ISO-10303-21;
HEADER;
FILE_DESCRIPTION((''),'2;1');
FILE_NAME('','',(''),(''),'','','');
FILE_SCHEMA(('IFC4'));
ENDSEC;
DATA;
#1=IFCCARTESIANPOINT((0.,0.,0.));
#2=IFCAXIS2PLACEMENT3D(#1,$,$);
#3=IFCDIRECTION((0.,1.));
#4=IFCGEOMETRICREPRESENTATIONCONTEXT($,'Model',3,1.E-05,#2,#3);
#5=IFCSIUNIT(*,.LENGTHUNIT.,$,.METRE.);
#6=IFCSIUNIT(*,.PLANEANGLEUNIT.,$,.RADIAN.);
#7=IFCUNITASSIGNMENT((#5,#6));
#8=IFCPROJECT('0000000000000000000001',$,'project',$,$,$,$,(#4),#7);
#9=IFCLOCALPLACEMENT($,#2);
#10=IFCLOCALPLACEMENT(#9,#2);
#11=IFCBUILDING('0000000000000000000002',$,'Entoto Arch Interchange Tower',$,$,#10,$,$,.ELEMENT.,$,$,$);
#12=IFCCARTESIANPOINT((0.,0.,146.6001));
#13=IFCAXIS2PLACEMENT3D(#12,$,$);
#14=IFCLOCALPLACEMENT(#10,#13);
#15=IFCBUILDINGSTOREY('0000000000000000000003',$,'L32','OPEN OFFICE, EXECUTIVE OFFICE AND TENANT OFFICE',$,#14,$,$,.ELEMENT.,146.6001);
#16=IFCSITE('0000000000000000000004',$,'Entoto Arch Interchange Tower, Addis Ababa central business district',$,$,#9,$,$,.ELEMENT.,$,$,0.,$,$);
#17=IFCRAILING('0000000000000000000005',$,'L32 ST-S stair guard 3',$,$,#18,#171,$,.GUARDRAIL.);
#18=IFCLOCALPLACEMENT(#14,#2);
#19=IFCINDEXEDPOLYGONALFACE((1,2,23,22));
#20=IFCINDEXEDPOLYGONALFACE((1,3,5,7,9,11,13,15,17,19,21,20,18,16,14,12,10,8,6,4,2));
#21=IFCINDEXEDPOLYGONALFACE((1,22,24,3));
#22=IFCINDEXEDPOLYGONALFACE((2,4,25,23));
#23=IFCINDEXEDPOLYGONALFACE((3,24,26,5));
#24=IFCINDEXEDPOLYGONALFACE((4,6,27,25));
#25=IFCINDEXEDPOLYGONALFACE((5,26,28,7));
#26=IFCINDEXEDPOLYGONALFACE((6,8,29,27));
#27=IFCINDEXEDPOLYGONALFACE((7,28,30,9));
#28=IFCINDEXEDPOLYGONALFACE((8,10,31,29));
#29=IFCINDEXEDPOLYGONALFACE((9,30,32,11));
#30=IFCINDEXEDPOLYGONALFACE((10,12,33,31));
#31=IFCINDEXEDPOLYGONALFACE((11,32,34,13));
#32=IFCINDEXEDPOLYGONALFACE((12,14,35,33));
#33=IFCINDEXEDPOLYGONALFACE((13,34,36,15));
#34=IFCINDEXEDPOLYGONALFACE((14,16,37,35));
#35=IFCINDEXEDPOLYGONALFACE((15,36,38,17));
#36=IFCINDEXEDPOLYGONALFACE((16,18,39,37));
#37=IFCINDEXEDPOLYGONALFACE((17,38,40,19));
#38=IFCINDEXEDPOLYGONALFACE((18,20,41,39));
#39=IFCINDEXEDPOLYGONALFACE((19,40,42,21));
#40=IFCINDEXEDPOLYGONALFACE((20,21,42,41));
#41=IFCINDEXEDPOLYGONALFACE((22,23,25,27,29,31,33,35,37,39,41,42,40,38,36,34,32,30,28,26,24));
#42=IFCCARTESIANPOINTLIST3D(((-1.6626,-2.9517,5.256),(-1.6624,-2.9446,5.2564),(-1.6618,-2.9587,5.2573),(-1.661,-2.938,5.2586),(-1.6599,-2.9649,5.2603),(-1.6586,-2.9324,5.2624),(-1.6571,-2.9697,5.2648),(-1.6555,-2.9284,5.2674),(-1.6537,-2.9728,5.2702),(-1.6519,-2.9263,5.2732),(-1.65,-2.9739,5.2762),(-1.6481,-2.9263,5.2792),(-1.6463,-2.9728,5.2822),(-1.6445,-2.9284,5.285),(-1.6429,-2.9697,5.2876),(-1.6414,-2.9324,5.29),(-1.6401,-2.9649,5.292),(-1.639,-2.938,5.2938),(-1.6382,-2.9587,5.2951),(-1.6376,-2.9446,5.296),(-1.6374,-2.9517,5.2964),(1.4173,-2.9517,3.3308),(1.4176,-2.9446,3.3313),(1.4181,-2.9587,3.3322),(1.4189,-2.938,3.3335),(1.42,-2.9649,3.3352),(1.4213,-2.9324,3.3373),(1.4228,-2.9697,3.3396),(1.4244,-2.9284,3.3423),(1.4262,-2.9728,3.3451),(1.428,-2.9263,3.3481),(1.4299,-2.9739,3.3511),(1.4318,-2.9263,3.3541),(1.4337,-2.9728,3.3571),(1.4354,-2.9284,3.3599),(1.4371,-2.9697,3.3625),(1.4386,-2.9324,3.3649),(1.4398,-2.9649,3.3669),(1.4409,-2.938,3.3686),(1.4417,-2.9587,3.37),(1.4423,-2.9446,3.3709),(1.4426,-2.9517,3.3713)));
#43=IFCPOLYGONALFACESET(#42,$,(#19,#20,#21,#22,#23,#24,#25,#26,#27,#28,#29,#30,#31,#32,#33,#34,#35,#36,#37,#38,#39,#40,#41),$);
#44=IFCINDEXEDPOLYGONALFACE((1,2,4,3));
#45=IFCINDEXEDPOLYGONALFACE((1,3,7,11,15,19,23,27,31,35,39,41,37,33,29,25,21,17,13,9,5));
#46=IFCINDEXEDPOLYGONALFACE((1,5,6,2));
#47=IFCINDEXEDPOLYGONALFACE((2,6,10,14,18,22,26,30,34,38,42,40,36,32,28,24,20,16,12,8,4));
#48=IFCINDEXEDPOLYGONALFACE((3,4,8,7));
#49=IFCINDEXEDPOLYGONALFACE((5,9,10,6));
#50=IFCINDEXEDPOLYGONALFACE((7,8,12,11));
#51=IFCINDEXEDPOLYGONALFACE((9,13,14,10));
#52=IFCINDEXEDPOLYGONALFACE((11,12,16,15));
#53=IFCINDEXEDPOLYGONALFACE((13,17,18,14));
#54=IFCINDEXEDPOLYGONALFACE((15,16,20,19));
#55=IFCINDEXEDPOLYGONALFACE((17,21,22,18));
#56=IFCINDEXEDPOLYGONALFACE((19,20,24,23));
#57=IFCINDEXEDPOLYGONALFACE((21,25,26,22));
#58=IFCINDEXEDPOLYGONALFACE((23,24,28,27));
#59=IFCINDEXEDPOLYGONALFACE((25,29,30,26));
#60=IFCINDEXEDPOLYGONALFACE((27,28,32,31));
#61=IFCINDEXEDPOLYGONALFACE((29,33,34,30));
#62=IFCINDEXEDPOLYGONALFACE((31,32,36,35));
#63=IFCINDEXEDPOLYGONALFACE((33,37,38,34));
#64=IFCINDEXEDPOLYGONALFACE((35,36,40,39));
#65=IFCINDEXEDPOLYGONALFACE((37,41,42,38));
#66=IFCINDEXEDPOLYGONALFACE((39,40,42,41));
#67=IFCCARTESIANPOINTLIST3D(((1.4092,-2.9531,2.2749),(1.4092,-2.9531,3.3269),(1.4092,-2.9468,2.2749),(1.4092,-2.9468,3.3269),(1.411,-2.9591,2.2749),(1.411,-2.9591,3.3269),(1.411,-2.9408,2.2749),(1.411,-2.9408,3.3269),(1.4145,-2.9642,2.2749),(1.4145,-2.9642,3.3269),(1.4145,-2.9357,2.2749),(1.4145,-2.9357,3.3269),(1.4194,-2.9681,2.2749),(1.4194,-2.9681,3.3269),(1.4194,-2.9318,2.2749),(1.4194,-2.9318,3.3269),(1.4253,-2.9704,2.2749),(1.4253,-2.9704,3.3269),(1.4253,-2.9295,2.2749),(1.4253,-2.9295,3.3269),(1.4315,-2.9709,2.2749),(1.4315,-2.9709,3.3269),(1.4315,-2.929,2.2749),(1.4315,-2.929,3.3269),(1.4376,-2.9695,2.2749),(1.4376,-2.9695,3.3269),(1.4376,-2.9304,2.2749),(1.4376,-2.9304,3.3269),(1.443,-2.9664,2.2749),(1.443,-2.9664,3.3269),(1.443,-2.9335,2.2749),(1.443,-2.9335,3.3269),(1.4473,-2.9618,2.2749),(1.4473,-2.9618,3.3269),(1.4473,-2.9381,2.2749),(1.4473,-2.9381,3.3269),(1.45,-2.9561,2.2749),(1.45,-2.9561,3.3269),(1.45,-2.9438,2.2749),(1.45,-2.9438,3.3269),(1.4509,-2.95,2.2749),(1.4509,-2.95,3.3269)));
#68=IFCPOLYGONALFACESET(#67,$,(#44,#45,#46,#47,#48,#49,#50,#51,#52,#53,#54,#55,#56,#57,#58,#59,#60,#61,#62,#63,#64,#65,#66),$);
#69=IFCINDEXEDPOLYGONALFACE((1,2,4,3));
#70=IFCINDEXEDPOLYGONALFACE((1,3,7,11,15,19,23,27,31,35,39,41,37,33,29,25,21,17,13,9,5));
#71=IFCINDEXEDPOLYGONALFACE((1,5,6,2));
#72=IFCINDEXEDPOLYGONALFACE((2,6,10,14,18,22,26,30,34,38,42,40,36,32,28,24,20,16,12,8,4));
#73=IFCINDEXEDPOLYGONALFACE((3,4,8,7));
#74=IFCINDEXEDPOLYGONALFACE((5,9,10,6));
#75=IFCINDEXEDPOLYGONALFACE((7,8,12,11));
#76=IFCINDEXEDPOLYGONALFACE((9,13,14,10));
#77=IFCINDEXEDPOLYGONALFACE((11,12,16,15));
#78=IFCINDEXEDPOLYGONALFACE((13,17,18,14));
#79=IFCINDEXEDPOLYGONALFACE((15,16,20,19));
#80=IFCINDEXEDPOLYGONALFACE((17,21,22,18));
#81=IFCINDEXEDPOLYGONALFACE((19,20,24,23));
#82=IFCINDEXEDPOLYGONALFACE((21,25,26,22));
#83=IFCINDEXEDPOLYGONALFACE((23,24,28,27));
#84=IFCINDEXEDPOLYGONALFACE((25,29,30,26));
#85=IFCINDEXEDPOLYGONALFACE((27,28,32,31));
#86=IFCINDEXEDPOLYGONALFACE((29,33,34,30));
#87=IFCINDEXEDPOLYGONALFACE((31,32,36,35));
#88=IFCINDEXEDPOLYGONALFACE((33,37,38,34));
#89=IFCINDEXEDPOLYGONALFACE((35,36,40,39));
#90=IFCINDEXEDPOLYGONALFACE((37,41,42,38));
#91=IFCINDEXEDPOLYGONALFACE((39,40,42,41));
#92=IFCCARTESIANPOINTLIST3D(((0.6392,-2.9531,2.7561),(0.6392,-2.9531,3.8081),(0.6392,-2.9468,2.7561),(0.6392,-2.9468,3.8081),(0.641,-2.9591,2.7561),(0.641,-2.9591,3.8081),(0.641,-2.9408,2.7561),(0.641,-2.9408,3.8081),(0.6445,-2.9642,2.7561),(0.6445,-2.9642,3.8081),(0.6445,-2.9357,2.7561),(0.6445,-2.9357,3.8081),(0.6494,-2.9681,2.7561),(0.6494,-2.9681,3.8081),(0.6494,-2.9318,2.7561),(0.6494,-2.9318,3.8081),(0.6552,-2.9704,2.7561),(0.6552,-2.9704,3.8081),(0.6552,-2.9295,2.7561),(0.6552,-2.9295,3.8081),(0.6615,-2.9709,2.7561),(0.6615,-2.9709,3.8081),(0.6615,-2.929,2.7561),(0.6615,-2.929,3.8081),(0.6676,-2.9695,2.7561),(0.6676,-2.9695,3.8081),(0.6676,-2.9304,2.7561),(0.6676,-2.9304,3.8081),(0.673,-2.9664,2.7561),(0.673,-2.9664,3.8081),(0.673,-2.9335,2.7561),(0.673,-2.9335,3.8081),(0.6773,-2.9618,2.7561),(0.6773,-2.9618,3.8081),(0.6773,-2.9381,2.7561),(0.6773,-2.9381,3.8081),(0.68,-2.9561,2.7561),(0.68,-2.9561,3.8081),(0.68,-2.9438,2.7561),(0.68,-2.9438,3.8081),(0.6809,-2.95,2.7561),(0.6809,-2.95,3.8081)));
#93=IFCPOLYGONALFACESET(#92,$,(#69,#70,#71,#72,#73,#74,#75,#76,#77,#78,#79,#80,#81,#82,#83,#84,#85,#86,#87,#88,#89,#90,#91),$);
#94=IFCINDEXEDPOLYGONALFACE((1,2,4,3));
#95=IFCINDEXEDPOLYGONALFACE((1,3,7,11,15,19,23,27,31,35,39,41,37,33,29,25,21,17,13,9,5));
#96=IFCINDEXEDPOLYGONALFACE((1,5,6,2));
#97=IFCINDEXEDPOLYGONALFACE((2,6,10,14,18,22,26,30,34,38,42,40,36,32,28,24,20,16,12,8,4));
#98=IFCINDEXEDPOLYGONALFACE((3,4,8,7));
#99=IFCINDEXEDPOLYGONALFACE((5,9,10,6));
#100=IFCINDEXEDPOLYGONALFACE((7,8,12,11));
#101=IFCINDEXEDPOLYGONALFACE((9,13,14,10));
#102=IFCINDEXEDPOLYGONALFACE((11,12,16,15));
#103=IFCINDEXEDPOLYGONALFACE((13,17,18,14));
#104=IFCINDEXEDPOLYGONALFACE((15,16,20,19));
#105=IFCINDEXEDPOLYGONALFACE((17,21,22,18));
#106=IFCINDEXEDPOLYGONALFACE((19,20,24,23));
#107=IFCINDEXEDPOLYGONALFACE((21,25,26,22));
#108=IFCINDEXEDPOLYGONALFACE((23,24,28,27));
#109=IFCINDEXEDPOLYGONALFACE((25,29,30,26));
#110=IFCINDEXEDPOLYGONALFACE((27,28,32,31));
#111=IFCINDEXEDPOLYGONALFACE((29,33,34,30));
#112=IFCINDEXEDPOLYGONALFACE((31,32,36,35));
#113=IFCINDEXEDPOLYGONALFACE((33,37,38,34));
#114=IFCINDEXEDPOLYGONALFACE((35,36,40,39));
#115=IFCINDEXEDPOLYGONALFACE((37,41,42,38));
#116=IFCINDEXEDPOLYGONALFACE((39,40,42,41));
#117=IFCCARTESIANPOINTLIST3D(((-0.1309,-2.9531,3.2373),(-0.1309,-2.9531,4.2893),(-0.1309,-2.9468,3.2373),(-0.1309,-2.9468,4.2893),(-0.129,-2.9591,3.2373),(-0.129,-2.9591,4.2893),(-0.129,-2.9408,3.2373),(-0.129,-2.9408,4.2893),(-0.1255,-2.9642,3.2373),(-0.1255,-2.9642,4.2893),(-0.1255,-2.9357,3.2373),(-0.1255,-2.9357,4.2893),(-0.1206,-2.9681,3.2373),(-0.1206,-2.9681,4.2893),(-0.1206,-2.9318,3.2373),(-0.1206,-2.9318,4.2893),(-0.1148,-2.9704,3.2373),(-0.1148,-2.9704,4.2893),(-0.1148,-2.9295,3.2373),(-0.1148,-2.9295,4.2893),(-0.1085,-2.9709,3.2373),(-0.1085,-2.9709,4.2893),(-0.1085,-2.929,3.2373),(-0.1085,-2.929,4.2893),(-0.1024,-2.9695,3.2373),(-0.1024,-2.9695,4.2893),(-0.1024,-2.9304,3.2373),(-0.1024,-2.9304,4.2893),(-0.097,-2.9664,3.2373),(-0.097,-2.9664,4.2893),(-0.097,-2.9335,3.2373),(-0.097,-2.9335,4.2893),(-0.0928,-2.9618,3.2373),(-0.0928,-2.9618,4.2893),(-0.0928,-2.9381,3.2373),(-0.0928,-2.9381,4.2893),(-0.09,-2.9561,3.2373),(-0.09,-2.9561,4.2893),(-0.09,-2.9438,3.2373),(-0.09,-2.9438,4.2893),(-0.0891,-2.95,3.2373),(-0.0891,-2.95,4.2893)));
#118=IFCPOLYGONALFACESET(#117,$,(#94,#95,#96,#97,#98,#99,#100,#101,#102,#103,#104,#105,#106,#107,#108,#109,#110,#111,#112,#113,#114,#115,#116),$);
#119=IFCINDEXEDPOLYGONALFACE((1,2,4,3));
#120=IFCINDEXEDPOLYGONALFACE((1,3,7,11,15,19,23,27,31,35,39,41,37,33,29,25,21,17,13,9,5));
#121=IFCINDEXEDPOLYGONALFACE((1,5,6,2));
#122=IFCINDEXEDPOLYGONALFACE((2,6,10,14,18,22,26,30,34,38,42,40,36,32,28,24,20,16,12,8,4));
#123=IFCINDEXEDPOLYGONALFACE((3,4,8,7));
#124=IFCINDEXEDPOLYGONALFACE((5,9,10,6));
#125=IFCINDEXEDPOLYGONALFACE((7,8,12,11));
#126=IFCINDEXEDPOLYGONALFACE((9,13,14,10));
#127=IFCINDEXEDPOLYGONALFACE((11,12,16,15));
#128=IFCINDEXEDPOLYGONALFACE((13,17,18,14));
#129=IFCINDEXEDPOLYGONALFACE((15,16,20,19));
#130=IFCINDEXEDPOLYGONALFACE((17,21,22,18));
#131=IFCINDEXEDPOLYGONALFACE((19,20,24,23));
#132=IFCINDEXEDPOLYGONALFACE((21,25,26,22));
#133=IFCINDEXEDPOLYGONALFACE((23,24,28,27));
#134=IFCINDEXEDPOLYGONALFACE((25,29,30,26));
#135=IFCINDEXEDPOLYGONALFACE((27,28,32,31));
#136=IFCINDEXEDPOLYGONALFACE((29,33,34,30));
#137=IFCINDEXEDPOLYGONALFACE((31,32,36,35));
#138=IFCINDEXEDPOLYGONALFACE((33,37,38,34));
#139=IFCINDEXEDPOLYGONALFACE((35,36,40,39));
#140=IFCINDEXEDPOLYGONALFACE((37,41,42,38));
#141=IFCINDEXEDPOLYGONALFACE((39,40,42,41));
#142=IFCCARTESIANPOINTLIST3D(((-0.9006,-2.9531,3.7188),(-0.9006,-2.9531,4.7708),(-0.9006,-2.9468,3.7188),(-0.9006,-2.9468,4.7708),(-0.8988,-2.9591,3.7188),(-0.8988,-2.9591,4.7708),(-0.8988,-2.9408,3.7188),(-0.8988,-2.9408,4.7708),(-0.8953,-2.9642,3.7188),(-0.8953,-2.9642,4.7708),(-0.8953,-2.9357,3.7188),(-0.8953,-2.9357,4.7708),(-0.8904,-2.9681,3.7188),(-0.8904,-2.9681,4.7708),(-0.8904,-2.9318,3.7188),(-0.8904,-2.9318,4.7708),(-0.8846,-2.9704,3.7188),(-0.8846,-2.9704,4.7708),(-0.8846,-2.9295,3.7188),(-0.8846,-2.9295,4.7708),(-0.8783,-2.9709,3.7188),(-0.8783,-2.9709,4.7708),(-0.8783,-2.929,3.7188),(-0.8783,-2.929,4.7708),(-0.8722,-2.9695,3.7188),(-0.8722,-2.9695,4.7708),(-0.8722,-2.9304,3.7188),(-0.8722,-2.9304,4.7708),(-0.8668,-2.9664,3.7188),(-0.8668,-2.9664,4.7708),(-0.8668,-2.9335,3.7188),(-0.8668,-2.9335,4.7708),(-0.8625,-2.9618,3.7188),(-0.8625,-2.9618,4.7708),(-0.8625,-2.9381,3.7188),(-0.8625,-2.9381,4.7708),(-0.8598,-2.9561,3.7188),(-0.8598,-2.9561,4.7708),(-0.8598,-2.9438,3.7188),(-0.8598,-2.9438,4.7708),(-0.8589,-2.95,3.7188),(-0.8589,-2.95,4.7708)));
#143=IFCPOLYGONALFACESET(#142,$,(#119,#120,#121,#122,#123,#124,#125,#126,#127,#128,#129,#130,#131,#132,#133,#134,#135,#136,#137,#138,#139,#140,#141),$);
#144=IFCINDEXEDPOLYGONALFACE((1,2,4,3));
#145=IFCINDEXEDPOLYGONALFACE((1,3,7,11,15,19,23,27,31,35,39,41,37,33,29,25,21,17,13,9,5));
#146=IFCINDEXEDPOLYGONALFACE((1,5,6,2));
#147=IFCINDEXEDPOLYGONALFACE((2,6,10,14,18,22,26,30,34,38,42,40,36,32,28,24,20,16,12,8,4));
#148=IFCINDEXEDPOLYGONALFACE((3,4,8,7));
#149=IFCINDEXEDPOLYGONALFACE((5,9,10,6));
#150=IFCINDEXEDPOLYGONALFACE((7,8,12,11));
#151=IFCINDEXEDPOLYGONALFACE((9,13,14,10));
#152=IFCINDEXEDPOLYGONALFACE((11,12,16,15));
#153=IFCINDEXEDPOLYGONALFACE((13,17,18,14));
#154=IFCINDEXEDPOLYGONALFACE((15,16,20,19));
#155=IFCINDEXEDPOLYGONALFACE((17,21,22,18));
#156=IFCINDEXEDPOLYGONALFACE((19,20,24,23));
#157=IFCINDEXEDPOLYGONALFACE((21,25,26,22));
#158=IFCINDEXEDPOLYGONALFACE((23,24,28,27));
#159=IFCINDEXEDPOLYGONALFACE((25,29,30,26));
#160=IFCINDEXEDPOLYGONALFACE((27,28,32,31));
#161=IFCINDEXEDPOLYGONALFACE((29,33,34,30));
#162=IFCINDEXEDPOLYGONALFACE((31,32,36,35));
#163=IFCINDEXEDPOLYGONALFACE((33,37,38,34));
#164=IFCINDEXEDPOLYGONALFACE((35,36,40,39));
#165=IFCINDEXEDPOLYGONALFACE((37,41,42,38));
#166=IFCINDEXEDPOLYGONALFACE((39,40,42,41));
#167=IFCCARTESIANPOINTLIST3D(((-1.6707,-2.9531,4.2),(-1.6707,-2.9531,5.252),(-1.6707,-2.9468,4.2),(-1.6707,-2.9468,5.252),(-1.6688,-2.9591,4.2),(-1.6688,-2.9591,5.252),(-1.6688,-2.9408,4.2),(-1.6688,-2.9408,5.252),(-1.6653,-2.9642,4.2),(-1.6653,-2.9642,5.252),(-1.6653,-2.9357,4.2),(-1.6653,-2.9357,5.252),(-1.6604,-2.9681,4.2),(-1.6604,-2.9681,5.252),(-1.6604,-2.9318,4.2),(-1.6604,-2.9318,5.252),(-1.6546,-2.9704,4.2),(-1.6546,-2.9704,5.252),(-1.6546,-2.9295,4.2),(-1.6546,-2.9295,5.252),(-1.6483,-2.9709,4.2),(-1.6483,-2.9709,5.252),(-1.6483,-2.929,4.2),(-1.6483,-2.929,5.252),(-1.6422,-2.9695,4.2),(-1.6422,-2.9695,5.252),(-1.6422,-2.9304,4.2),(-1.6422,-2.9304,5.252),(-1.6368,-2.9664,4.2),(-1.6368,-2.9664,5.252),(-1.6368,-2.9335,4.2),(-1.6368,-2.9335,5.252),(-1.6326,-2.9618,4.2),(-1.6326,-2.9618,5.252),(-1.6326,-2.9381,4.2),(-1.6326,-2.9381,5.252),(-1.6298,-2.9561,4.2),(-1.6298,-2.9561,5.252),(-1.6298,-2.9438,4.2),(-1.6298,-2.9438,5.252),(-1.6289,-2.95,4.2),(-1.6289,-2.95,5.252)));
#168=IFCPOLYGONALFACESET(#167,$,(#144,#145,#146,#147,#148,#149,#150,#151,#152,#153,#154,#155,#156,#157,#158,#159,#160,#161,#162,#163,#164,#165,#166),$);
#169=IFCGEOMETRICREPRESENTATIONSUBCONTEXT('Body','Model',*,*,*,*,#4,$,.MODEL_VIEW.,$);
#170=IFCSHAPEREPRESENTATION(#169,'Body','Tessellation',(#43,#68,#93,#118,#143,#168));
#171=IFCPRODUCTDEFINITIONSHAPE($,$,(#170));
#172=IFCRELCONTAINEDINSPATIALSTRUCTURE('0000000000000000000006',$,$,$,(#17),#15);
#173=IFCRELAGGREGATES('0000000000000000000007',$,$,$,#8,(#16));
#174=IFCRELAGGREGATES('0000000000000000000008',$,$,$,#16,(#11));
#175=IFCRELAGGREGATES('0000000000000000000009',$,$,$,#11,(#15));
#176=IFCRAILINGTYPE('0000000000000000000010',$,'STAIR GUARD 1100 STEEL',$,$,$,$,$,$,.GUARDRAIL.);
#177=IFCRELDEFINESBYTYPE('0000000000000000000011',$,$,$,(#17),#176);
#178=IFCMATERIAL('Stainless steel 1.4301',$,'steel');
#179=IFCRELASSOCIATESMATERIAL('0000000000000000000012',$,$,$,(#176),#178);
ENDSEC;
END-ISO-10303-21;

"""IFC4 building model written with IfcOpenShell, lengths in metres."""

from ifc_helpers import new_model, si_unit, direction, frame, origin, origin_2d, place, context, subcontext, project, spatial, circle, extrude, material, type_object, element, save


model = new_model("IFC4")

# Units and contexts
model_context = context("Model", 3, precision=1e-05, world=origin(), true_north=direction((0.0, 1.0)))
body_context = subcontext(model_context, "Body", "Model", "MODEL_VIEW")
ifc_project = project(units=[si_unit("LENGTHUNIT", "METRE"), si_unit("PLANEANGLEUNIT", "RADIAN")], contexts=[model_context])

# Site, building, storey
site_placement = place(None, origin())
site = spatial("IfcSite", under=ifc_project, at=site_placement, Name="Entoto Arch Interchange Tower, Addis Ababa central business district", CompositionType="ELEMENT", RefElevation=0.0)
building_placement = place(site_placement, origin())
building = spatial("IfcBuilding", under=site, at=building_placement, Name="Entoto Arch Interchange Tower", CompositionType="ELEMENT")
storey_placement = place(building_placement, frame((0.0, 0.0, 146.6001)))
storey = spatial("IfcBuildingStorey", under=building, at=storey_placement, Name="L32", Description="OPEN OFFICE, EXECUTIVE OFFICE AND TENANT OFFICE", CompositionType="ELEMENT", Elevation=146.6001)

# Railing
ifc_material_1 = material(Name="Stainless steel 1.4301", Category="steel")
railing_type_1 = type_object("IfcRailingType", Name="STAIR GUARD 1100 STEEL", PredefinedType="GUARDRAIL", material=ifc_material_1)
railing_1_placement = place(storey_placement, frame((1.4299, -2.95, 2.2749)))
element("IfcRailing", 1, at=railing_1_placement, inside=storey, type_object=railing_type_1, Name="L32 ST-S stair guard 3", PredefinedType="GUARDRAIL", context=body_context, shape_type="SweptSolid", body=[
    extrude(circle(Radius=0.0239, at=origin_2d()), frame((0.0, 0.0, 1.0762), z_axis=(-0.847979, 0.0, 0.530029), x_axis=(0.0, -1.0, 0.0)), (0.0, 0.0, 1.0), 3.6321),
    extrude(circle(Radius=0.021, at=origin_2d()), origin(), (0.0, 0.0, 1.0), 1.052),
    extrude(circle(Radius=0.021, at=origin_2d()), frame((-0.77, 0.0, 0.4812)), (0.0, 0.0, 1.0), 1.052),
    extrude(circle(Radius=0.021, at=origin_2d()), frame((-1.54, 0.0, 0.9624)), (0.0, 0.0, 1.0), 1.052),
    extrude(circle(Radius=0.021, at=origin_2d()), frame((-2.3098, 0.0, 1.4438)), (0.0, 0.0, 1.0), 1.052),
    extrude(circle(Radius=0.021, at=origin_2d()), frame((-3.0798, 0.0, 1.925)), (0.0, 0.0, 1.0), 1.052),
])

save(model, "model.ifc")
